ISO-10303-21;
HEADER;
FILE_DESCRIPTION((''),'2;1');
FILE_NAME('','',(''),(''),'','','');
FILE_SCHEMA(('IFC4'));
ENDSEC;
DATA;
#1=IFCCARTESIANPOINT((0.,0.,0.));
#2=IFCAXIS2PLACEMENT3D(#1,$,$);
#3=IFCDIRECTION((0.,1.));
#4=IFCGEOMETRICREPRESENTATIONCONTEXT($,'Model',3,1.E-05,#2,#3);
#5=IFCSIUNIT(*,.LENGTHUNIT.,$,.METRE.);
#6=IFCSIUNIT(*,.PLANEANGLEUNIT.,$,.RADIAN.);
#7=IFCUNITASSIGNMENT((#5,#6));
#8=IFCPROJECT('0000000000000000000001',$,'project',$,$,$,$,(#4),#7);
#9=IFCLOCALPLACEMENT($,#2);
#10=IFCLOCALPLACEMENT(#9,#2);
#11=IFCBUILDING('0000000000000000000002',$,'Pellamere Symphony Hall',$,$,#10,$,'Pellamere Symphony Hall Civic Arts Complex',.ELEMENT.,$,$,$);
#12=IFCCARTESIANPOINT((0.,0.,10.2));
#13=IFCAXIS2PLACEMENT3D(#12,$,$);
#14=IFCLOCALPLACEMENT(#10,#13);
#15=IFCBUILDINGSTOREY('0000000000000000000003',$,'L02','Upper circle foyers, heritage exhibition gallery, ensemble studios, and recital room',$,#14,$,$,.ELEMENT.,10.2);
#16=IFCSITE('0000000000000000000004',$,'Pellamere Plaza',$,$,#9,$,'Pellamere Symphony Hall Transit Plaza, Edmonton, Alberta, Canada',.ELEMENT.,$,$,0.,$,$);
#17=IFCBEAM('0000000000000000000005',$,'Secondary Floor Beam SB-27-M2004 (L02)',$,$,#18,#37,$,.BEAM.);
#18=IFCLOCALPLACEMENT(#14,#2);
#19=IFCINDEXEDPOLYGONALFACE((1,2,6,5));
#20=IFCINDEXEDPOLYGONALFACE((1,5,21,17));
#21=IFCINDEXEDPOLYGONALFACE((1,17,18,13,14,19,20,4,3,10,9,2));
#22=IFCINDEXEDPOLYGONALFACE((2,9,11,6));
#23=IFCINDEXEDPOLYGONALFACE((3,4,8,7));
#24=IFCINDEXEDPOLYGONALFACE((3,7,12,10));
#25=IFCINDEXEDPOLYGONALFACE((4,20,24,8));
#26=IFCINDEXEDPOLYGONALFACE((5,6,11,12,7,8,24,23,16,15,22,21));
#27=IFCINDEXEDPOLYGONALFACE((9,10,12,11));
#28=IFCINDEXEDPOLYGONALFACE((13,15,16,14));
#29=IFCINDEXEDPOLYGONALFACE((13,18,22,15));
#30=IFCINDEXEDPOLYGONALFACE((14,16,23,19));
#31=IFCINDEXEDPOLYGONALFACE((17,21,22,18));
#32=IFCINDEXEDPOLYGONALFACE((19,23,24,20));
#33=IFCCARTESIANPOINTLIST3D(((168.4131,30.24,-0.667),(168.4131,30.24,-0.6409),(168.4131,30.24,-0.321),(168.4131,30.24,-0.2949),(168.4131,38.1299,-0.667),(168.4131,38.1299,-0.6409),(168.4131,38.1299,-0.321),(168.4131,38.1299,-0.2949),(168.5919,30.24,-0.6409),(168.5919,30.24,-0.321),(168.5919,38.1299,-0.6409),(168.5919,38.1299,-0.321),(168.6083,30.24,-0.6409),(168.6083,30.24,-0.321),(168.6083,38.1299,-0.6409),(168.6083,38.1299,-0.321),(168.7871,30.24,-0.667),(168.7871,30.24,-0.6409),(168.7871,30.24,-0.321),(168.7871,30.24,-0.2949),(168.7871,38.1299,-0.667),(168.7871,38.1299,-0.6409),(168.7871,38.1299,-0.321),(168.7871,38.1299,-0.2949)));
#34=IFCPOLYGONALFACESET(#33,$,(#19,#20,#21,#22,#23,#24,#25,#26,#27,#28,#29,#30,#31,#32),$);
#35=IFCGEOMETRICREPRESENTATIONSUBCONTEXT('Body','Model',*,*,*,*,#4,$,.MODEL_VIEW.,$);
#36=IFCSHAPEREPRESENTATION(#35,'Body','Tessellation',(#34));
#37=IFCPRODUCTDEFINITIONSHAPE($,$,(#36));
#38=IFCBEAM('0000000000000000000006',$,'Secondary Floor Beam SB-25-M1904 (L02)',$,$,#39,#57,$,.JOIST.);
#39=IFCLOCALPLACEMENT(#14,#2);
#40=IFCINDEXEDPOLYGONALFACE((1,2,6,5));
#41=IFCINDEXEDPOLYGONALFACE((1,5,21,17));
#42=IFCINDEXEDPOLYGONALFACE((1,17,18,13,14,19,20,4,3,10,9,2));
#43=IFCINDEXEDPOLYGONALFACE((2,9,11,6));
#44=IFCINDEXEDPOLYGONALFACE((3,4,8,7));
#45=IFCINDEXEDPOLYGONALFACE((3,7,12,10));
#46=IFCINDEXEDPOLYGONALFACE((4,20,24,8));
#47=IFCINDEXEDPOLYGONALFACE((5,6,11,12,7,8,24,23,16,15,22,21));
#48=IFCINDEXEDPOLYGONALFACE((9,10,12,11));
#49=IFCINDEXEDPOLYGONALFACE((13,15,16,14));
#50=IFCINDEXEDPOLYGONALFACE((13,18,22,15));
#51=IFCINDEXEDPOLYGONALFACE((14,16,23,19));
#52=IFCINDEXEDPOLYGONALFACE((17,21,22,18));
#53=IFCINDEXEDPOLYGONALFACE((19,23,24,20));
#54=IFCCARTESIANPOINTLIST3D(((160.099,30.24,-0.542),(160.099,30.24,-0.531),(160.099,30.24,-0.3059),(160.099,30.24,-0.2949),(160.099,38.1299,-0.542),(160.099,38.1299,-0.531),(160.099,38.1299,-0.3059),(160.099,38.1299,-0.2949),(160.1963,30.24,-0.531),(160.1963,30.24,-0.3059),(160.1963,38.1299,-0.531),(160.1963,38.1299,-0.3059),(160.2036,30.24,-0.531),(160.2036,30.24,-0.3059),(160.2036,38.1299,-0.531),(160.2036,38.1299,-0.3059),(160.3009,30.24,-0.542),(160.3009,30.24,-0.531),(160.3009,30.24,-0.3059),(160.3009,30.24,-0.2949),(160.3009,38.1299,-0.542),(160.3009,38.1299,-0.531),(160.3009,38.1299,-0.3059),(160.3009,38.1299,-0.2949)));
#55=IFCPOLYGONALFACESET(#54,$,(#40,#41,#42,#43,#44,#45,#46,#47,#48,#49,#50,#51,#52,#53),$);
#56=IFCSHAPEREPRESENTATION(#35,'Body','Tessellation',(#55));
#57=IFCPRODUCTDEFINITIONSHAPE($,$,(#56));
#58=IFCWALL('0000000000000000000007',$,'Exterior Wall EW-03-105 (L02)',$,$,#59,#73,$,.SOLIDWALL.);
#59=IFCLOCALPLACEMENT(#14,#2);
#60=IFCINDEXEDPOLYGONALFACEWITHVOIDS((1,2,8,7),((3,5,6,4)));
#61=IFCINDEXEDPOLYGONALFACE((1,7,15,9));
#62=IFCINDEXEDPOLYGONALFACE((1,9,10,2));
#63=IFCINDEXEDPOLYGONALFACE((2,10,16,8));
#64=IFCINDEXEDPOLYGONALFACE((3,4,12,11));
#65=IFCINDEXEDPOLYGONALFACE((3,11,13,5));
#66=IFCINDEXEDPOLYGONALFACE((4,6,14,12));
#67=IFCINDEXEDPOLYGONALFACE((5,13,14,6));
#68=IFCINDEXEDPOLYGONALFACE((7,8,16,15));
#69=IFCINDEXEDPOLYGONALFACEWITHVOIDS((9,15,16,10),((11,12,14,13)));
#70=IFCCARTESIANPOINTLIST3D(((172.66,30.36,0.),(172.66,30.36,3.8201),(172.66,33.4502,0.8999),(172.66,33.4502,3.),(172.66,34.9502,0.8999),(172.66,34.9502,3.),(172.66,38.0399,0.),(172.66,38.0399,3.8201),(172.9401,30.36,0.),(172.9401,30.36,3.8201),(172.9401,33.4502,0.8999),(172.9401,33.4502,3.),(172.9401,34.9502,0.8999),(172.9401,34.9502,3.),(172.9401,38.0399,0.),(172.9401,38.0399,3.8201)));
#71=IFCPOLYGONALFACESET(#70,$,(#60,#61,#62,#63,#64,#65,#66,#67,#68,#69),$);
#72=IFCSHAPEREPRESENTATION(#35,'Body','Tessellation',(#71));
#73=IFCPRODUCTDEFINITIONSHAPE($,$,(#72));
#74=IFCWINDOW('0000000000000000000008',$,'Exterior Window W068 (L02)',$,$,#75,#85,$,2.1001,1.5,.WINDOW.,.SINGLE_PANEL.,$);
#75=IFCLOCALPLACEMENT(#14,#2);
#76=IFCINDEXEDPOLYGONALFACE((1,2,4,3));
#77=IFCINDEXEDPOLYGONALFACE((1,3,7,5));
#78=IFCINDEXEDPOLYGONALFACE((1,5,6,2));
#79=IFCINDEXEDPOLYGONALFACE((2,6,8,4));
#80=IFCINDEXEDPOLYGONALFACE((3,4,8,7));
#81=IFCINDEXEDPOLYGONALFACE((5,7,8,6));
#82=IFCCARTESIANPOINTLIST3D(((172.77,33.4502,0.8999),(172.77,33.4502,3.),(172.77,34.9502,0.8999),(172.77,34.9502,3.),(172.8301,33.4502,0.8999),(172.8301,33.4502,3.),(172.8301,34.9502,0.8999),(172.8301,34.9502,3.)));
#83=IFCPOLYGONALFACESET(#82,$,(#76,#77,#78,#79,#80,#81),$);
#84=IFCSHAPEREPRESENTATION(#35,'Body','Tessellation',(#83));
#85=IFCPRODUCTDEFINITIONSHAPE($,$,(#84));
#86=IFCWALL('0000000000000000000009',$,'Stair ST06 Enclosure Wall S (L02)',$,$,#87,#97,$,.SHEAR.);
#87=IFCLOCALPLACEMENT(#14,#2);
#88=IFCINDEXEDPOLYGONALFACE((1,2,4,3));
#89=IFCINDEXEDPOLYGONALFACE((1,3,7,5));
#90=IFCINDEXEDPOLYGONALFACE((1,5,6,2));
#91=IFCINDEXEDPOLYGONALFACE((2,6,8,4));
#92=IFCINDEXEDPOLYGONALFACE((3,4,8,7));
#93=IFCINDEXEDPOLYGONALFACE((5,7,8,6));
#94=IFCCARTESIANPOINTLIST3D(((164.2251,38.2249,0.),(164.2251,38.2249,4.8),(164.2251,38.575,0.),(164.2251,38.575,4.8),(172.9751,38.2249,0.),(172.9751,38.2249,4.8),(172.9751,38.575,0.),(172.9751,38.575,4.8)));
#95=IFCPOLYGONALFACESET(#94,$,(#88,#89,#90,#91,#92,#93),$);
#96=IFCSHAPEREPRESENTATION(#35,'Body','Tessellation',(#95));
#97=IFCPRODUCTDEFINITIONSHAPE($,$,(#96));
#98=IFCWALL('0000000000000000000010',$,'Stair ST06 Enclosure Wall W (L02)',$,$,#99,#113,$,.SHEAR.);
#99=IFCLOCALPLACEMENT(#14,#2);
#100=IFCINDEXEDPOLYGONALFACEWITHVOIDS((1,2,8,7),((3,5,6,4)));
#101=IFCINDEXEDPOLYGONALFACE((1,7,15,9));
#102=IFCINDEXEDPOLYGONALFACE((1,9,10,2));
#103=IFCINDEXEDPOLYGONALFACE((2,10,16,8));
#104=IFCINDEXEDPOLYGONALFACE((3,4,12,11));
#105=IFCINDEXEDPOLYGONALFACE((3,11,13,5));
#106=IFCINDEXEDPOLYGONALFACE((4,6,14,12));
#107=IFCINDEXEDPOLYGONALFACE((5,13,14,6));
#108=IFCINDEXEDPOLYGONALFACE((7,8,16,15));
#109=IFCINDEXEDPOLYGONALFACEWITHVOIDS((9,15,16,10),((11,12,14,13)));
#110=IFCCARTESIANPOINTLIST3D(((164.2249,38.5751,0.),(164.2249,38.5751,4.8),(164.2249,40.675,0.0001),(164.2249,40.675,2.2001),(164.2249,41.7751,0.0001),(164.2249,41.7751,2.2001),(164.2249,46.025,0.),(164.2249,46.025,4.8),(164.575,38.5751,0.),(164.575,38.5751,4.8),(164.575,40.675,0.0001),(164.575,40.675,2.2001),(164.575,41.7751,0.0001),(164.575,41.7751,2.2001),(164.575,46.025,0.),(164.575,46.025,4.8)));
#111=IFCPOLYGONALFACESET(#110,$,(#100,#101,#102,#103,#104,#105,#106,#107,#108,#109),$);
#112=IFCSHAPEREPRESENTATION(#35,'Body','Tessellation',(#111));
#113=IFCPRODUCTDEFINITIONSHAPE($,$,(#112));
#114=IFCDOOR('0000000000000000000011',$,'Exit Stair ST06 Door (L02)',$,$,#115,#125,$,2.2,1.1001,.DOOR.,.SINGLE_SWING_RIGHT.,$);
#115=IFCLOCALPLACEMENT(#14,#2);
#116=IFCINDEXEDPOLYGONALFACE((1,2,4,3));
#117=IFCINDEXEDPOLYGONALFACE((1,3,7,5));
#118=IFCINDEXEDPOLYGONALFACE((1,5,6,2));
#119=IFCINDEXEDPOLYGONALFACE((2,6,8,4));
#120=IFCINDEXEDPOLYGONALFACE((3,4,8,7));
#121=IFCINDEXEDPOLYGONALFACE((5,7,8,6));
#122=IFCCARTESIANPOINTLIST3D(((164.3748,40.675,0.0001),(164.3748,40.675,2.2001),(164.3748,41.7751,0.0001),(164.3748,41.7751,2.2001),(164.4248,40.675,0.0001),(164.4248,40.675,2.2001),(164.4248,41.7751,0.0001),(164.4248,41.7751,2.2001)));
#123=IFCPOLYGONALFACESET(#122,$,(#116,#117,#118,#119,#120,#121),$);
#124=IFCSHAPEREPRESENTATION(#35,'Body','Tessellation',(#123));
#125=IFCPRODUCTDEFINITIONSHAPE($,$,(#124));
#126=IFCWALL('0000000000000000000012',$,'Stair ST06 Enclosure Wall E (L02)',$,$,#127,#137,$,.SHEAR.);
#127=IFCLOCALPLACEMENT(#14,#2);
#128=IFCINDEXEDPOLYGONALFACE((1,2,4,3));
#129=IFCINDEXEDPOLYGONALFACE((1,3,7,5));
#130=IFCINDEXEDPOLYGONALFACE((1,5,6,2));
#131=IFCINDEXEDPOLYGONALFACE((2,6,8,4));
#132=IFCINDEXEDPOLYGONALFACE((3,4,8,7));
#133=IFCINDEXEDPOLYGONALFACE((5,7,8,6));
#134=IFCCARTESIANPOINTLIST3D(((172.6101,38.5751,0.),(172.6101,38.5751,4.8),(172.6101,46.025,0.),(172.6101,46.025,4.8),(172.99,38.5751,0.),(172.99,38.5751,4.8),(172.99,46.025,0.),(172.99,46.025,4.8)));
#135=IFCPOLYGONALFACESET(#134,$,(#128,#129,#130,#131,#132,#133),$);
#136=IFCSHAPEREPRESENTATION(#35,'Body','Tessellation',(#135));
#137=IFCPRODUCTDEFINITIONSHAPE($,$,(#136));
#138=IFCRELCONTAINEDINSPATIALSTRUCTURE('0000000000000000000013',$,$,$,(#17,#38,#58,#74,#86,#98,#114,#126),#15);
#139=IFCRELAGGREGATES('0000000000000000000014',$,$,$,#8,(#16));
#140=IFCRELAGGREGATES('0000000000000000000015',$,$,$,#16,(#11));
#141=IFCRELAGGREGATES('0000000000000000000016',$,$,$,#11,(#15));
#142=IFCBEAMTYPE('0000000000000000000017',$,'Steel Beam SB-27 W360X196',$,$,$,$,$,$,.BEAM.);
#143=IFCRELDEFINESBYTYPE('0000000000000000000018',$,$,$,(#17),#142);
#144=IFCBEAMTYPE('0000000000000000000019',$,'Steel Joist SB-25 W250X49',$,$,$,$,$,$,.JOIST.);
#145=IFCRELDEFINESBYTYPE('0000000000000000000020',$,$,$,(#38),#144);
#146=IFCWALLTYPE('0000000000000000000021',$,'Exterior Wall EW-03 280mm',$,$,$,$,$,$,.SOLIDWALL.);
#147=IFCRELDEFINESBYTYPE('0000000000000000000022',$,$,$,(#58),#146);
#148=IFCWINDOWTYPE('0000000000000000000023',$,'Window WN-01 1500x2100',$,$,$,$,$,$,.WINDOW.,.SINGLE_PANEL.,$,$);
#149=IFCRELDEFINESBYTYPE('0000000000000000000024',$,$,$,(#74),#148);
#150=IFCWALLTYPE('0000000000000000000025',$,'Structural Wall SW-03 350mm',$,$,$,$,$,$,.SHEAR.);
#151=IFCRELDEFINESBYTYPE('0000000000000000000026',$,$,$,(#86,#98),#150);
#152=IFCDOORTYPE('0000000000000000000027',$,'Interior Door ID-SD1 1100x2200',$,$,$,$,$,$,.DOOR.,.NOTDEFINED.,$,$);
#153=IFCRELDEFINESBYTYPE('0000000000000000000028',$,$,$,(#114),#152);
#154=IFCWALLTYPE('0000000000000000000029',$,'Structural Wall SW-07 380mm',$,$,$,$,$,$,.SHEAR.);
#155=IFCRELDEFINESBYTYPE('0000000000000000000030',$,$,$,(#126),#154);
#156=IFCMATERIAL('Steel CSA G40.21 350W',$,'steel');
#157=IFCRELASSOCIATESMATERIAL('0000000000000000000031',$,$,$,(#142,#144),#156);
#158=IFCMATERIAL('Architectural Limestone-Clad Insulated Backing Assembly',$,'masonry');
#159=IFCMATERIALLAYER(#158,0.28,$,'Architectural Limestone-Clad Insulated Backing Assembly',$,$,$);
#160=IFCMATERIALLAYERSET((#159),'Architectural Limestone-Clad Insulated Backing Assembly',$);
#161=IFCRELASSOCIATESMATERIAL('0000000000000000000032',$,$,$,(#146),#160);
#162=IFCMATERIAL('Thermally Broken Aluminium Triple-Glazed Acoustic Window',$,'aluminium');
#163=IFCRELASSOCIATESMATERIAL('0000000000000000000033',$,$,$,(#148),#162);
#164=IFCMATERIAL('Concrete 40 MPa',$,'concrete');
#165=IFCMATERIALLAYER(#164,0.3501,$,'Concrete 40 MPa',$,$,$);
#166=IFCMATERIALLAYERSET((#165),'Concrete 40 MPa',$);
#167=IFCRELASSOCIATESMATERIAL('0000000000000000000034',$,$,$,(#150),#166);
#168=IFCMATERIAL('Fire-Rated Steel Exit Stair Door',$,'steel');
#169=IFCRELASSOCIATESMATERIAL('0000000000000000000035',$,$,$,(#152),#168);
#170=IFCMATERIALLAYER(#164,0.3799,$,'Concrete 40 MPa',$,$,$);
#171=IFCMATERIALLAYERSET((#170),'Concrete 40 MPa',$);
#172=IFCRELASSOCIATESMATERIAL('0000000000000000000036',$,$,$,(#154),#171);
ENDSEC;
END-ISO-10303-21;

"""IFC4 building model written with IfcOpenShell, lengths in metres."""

from ifc_helpers import new_model, si_unit, direction, frame, frame_2d, origin, origin_2d, place, context, subcontext, project, spatial, rectangle, i_section, extrude, material, layer, layer_set, material_profile, profile_set, type_object, element, fill, save


model = new_model("IFC4")

# Units and contexts
model_context = context("Model", 3, precision=1e-05, world=origin(), true_north=direction((0.0, 1.0)))
body_context = subcontext(model_context, "Body", "Model", "MODEL_VIEW")
ifc_project = project(units=[si_unit("LENGTHUNIT", "METRE"), si_unit("PLANEANGLEUNIT", "RADIAN")], contexts=[model_context])

# Site, building, storey
site_placement = place(None, origin())
site = spatial("IfcSite", under=ifc_project, at=site_placement, Name="Pellamere Plaza", LongName="Pellamere Symphony Hall Transit Plaza, Edmonton, Alberta, Canada", CompositionType="ELEMENT", RefElevation=0.0)
building_placement = place(site_placement, origin())
building = spatial("IfcBuilding", under=site, at=building_placement, Name="Pellamere Symphony Hall", LongName="Pellamere Symphony Hall Civic Arts Complex", CompositionType="ELEMENT")
storey_placement = place(building_placement, frame((0.0, 0.0, 10.2)))
storey = spatial("IfcBuildingStorey", under=building, at=storey_placement, Name="L02", Description="Upper circle foyers, heritage exhibition gallery, ensemble studios, and recital room", CompositionType="ELEMENT", Elevation=10.2)

# Shared definitions
ifc_material_1 = material(Name="Concrete 40 MPa", Category="concrete")

# Beams
ifc_material_2 = material(Name="Steel CSA G40.21 350W", Category="steel")
ifc_material_profile_1 = material_profile(ifc_material_2, i_section(OverallWidth=0.374, OverallDepth=0.3721, WebThickness=0.0164, FlangeThickness=0.0261, at=origin_2d()), Name="W360X196")
ifc_profile_set_1 = profile_set([ifc_material_profile_1], Name="Steel CSA G40.21 350W")
beam_type_1 = type_object("IfcBeamType", Name="Steel Beam SB-27 W360X196", PredefinedType="BEAM", material=ifc_profile_set_1)
beam_1_placement = place(storey_placement, frame((168.6001, 30.24, -0.481), z_axis=(0.0, 1.0, 0.0), x_axis=(-1.0, 0.0, 0.0)))
element("IfcBeam", 1, at=beam_1_placement, inside=storey, type_object=beam_type_1, Name="Secondary Floor Beam SB-27-M2004 (L02)", PredefinedType="BEAM", context=body_context, shape_type="SweptSolid", body=[
    extrude(i_section(OverallWidth=0.374, OverallDepth=0.3721, WebThickness=0.0164, FlangeThickness=0.0261, at=origin_2d()), origin(), (0.0, 0.0, 1.0), 7.8899),
])
ifc_material_profile_2 = material_profile(ifc_material_2, i_section(OverallWidth=0.2019, OverallDepth=0.2471, WebThickness=0.0073, FlangeThickness=0.011, at=origin_2d()), Name="W250X49")
ifc_profile_set_2 = profile_set([ifc_material_profile_2], Name="Steel CSA G40.21 350W")
beam_type_2 = type_object("IfcBeamType", Name="Steel Joist SB-25 W250X49", PredefinedType="JOIST", material=ifc_profile_set_2)
beam_2_placement = place(storey_placement, frame((160.2, 30.24, -0.4185), z_axis=(0.0, 1.0, 0.0), x_axis=(-1.0, 0.0, 0.0)))
element("IfcBeam", 2, at=beam_2_placement, inside=storey, type_object=beam_type_2, Name="Secondary Floor Beam SB-25-M1904 (L02)", PredefinedType="JOIST", context=body_context, shape_type="SweptSolid", body=[
    extrude(i_section(OverallWidth=0.2019, OverallDepth=0.2471, WebThickness=0.0073, FlangeThickness=0.011, at=origin_2d()), origin(), (0.0, 0.0, 1.0), 7.8899),
])

# Wall, opening, window
ifc_material_3 = material(Name="Architectural Limestone-Clad Insulated Backing Assembly", Category="masonry")
ifc_layer_1 = layer(ifc_material_3, 0.28, Name="Architectural Limestone-Clad Insulated Backing Assembly")
ifc_layer_set_1 = layer_set([ifc_layer_1], Name="Architectural Limestone-Clad Insulated Backing Assembly")
wall_type_1 = type_object("IfcWallType", Name="Exterior Wall EW-03 280mm", PredefinedType="SOLIDWALL", material=ifc_layer_set_1)
wall_1_placement = place(storey_placement, frame((172.8, 30.3601, 0.0), z_axis=(0.0, 0.0, 1.0), x_axis=(0.0, 1.0, 0.0)))
wall_1 = element("IfcWall", 3, at=wall_1_placement, inside=storey, type_object=wall_type_1, Name="Exterior Wall EW-03-105 (L02)", PredefinedType="SOLIDWALL", context=body_context, shape_type="SweptSolid", body=[
    extrude(rectangle(XDim=7.6799, YDim=0.28, at=frame_2d((3.8398, 0.0))), origin(), (0.0, 0.0, 1.0), 3.8201),
])
opening_1_placement = place(wall_1_placement, frame((3.0901, 0.0, 0.8999)))
opening_1 = element("IfcOpeningElement", 4, at=opening_1_placement, cuts=wall_1, PredefinedType="OPENING", context=body_context, shape_type="SweptSolid", body=[
    extrude(rectangle(XDim=1.5, YDim=2.1001, at=frame_2d((0.75, 1.05))), frame((0.0, 0.1499, 0.0), z_axis=(0.0, -1.0, 0.0), x_axis=(1.0, 0.0, 0.0)), (0.0, 0.0, 1.0), 0.3),
])
ifc_material_4 = material(Name="Thermally Broken Aluminium Triple-Glazed Acoustic Window", Category="aluminium")
window_type = type_object("IfcWindowType", Name="Window WN-01 1500x2100", PartitioningType="SINGLE_PANEL", PredefinedType="WINDOW", material=ifc_material_4)
window_placement = place(opening_1_placement, origin())
window = element("IfcWindow", 5, at=window_placement, inside=storey, type_object=window_type, Name="Exterior Window W068 (L02)", OverallHeight=2.1001, OverallWidth=1.5, PartitioningType="SINGLE_PANEL", PredefinedType="WINDOW", context=body_context, shape_type="SweptSolid", body=[
    extrude(rectangle(XDim=1.5, YDim=2.1001, at=frame_2d((0.75, 1.05))), frame((0.0, 0.03, 0.0), z_axis=(0.0, -1.0, 0.0), x_axis=(1.0, 0.0, 0.0)), (0.0, 0.0, 1.0), 0.0601),
])
fill(opening_1, window)

# Wall
ifc_layer_2 = layer(ifc_material_1, 0.3501, Name="Concrete 40 MPa")
ifc_layer_set_2 = layer_set([ifc_layer_2], Name="Concrete 40 MPa")
wall_type_2 = type_object("IfcWallType", Name="Structural Wall SW-03 350mm", PredefinedType="SHEAR", material=ifc_layer_set_2)
wall_2_placement = place(storey_placement, frame((164.2251, 38.3999, 0.0), z_axis=(0.0, 0.0, 1.0), x_axis=(1.0, 0.0, 0.0)))
element("IfcWall", 6, at=wall_2_placement, inside=storey, type_object=wall_type_2, Name="Stair ST06 Enclosure Wall S (L02)", PredefinedType="SHEAR", context=body_context, shape_type="SweptSolid", body=[
    extrude(rectangle(XDim=8.75, YDim=0.3501, at=frame_2d((4.375, 0.0))), origin(), (0.0, 0.0, 1.0), 4.8),
])

# Wall, opening, door
wall_3_placement = place(storey_placement, frame((164.3999, 38.575, 0.0), z_axis=(0.0, 0.0, 1.0), x_axis=(0.0, 1.0, 0.0)))
wall_3 = element("IfcWall", 7, at=wall_3_placement, inside=storey, type_object=wall_type_2, Name="Stair ST06 Enclosure Wall W (L02)", PredefinedType="SHEAR", context=body_context, shape_type="SweptSolid", body=[
    extrude(rectangle(XDim=7.45, YDim=0.3501, at=frame_2d((3.7251, 0.0))), origin(), (0.0, 0.0, 1.0), 4.8),
])
opening_2_placement = place(wall_3_placement, frame((2.1001, 0.0, 0.0)))
opening_2 = element("IfcOpeningElement", 8, at=opening_2_placement, cuts=wall_3, PredefinedType="OPENING", context=body_context, shape_type="SweptSolid", body=[
    extrude(rectangle(XDim=1.1001, YDim=2.2, at=frame_2d((0.55, 1.1001))), frame((0.0, 0.1851, 0.0), z_axis=(0.0, -1.0, 0.0), x_axis=(1.0, 0.0, 0.0)), (0.0, 0.0, 1.0), 0.3701),
])
ifc_material_5 = material(Name="Fire-Rated Steel Exit Stair Door", Category="steel")
door_type = type_object("IfcDoorType", Name="Interior Door ID-SD1 1100x2200", OperationType="NOTDEFINED", PredefinedType="DOOR", material=ifc_material_5)
door_placement = place(opening_2_placement, frame((1.1001, 0.0, 0.0), z_axis=(0.0, 0.0, 1.0), x_axis=(-1.0, 0.0, 0.0)))
door = element("IfcDoor", 9, at=door_placement, inside=storey, type_object=door_type, Name="Exit Stair ST06 Door (L02)", OperationType="SINGLE_SWING_RIGHT", OverallHeight=2.2, OverallWidth=1.1001, PredefinedType="DOOR", context=body_context, shape_type="SweptSolid", body=[
    extrude(rectangle(XDim=1.1001, YDim=2.2, at=frame_2d((0.55, 1.1001))), frame((0.0, 0.0249, 0.0), z_axis=(0.0, -1.0, 0.0), x_axis=(1.0, 0.0, 0.0)), (0.0, 0.0, 1.0), 0.05),
])
fill(opening_2, door)

# Wall
ifc_layer_3 = layer(ifc_material_1, 0.3799, Name="Concrete 40 MPa")
ifc_layer_set_3 = layer_set([ifc_layer_3], Name="Concrete 40 MPa")
wall_type_3 = type_object("IfcWallType", Name="Structural Wall SW-07 380mm", PredefinedType="SHEAR", material=ifc_layer_set_3)
wall_4_placement = place(storey_placement, frame((172.8, 38.575, 0.0), z_axis=(0.0, 0.0, 1.0), x_axis=(0.0, 1.0, 0.0)))
element("IfcWall", 10, at=wall_4_placement, inside=storey, type_object=wall_type_3, Name="Stair ST06 Enclosure Wall E (L02)", PredefinedType="SHEAR", context=body_context, shape_type="SweptSolid", body=[
    extrude(rectangle(XDim=7.45, YDim=0.3799, at=frame_2d((3.7251, 0.0))), origin(), (0.0, 0.0, 1.0), 4.8),
])

save(model, "model.ifc")
